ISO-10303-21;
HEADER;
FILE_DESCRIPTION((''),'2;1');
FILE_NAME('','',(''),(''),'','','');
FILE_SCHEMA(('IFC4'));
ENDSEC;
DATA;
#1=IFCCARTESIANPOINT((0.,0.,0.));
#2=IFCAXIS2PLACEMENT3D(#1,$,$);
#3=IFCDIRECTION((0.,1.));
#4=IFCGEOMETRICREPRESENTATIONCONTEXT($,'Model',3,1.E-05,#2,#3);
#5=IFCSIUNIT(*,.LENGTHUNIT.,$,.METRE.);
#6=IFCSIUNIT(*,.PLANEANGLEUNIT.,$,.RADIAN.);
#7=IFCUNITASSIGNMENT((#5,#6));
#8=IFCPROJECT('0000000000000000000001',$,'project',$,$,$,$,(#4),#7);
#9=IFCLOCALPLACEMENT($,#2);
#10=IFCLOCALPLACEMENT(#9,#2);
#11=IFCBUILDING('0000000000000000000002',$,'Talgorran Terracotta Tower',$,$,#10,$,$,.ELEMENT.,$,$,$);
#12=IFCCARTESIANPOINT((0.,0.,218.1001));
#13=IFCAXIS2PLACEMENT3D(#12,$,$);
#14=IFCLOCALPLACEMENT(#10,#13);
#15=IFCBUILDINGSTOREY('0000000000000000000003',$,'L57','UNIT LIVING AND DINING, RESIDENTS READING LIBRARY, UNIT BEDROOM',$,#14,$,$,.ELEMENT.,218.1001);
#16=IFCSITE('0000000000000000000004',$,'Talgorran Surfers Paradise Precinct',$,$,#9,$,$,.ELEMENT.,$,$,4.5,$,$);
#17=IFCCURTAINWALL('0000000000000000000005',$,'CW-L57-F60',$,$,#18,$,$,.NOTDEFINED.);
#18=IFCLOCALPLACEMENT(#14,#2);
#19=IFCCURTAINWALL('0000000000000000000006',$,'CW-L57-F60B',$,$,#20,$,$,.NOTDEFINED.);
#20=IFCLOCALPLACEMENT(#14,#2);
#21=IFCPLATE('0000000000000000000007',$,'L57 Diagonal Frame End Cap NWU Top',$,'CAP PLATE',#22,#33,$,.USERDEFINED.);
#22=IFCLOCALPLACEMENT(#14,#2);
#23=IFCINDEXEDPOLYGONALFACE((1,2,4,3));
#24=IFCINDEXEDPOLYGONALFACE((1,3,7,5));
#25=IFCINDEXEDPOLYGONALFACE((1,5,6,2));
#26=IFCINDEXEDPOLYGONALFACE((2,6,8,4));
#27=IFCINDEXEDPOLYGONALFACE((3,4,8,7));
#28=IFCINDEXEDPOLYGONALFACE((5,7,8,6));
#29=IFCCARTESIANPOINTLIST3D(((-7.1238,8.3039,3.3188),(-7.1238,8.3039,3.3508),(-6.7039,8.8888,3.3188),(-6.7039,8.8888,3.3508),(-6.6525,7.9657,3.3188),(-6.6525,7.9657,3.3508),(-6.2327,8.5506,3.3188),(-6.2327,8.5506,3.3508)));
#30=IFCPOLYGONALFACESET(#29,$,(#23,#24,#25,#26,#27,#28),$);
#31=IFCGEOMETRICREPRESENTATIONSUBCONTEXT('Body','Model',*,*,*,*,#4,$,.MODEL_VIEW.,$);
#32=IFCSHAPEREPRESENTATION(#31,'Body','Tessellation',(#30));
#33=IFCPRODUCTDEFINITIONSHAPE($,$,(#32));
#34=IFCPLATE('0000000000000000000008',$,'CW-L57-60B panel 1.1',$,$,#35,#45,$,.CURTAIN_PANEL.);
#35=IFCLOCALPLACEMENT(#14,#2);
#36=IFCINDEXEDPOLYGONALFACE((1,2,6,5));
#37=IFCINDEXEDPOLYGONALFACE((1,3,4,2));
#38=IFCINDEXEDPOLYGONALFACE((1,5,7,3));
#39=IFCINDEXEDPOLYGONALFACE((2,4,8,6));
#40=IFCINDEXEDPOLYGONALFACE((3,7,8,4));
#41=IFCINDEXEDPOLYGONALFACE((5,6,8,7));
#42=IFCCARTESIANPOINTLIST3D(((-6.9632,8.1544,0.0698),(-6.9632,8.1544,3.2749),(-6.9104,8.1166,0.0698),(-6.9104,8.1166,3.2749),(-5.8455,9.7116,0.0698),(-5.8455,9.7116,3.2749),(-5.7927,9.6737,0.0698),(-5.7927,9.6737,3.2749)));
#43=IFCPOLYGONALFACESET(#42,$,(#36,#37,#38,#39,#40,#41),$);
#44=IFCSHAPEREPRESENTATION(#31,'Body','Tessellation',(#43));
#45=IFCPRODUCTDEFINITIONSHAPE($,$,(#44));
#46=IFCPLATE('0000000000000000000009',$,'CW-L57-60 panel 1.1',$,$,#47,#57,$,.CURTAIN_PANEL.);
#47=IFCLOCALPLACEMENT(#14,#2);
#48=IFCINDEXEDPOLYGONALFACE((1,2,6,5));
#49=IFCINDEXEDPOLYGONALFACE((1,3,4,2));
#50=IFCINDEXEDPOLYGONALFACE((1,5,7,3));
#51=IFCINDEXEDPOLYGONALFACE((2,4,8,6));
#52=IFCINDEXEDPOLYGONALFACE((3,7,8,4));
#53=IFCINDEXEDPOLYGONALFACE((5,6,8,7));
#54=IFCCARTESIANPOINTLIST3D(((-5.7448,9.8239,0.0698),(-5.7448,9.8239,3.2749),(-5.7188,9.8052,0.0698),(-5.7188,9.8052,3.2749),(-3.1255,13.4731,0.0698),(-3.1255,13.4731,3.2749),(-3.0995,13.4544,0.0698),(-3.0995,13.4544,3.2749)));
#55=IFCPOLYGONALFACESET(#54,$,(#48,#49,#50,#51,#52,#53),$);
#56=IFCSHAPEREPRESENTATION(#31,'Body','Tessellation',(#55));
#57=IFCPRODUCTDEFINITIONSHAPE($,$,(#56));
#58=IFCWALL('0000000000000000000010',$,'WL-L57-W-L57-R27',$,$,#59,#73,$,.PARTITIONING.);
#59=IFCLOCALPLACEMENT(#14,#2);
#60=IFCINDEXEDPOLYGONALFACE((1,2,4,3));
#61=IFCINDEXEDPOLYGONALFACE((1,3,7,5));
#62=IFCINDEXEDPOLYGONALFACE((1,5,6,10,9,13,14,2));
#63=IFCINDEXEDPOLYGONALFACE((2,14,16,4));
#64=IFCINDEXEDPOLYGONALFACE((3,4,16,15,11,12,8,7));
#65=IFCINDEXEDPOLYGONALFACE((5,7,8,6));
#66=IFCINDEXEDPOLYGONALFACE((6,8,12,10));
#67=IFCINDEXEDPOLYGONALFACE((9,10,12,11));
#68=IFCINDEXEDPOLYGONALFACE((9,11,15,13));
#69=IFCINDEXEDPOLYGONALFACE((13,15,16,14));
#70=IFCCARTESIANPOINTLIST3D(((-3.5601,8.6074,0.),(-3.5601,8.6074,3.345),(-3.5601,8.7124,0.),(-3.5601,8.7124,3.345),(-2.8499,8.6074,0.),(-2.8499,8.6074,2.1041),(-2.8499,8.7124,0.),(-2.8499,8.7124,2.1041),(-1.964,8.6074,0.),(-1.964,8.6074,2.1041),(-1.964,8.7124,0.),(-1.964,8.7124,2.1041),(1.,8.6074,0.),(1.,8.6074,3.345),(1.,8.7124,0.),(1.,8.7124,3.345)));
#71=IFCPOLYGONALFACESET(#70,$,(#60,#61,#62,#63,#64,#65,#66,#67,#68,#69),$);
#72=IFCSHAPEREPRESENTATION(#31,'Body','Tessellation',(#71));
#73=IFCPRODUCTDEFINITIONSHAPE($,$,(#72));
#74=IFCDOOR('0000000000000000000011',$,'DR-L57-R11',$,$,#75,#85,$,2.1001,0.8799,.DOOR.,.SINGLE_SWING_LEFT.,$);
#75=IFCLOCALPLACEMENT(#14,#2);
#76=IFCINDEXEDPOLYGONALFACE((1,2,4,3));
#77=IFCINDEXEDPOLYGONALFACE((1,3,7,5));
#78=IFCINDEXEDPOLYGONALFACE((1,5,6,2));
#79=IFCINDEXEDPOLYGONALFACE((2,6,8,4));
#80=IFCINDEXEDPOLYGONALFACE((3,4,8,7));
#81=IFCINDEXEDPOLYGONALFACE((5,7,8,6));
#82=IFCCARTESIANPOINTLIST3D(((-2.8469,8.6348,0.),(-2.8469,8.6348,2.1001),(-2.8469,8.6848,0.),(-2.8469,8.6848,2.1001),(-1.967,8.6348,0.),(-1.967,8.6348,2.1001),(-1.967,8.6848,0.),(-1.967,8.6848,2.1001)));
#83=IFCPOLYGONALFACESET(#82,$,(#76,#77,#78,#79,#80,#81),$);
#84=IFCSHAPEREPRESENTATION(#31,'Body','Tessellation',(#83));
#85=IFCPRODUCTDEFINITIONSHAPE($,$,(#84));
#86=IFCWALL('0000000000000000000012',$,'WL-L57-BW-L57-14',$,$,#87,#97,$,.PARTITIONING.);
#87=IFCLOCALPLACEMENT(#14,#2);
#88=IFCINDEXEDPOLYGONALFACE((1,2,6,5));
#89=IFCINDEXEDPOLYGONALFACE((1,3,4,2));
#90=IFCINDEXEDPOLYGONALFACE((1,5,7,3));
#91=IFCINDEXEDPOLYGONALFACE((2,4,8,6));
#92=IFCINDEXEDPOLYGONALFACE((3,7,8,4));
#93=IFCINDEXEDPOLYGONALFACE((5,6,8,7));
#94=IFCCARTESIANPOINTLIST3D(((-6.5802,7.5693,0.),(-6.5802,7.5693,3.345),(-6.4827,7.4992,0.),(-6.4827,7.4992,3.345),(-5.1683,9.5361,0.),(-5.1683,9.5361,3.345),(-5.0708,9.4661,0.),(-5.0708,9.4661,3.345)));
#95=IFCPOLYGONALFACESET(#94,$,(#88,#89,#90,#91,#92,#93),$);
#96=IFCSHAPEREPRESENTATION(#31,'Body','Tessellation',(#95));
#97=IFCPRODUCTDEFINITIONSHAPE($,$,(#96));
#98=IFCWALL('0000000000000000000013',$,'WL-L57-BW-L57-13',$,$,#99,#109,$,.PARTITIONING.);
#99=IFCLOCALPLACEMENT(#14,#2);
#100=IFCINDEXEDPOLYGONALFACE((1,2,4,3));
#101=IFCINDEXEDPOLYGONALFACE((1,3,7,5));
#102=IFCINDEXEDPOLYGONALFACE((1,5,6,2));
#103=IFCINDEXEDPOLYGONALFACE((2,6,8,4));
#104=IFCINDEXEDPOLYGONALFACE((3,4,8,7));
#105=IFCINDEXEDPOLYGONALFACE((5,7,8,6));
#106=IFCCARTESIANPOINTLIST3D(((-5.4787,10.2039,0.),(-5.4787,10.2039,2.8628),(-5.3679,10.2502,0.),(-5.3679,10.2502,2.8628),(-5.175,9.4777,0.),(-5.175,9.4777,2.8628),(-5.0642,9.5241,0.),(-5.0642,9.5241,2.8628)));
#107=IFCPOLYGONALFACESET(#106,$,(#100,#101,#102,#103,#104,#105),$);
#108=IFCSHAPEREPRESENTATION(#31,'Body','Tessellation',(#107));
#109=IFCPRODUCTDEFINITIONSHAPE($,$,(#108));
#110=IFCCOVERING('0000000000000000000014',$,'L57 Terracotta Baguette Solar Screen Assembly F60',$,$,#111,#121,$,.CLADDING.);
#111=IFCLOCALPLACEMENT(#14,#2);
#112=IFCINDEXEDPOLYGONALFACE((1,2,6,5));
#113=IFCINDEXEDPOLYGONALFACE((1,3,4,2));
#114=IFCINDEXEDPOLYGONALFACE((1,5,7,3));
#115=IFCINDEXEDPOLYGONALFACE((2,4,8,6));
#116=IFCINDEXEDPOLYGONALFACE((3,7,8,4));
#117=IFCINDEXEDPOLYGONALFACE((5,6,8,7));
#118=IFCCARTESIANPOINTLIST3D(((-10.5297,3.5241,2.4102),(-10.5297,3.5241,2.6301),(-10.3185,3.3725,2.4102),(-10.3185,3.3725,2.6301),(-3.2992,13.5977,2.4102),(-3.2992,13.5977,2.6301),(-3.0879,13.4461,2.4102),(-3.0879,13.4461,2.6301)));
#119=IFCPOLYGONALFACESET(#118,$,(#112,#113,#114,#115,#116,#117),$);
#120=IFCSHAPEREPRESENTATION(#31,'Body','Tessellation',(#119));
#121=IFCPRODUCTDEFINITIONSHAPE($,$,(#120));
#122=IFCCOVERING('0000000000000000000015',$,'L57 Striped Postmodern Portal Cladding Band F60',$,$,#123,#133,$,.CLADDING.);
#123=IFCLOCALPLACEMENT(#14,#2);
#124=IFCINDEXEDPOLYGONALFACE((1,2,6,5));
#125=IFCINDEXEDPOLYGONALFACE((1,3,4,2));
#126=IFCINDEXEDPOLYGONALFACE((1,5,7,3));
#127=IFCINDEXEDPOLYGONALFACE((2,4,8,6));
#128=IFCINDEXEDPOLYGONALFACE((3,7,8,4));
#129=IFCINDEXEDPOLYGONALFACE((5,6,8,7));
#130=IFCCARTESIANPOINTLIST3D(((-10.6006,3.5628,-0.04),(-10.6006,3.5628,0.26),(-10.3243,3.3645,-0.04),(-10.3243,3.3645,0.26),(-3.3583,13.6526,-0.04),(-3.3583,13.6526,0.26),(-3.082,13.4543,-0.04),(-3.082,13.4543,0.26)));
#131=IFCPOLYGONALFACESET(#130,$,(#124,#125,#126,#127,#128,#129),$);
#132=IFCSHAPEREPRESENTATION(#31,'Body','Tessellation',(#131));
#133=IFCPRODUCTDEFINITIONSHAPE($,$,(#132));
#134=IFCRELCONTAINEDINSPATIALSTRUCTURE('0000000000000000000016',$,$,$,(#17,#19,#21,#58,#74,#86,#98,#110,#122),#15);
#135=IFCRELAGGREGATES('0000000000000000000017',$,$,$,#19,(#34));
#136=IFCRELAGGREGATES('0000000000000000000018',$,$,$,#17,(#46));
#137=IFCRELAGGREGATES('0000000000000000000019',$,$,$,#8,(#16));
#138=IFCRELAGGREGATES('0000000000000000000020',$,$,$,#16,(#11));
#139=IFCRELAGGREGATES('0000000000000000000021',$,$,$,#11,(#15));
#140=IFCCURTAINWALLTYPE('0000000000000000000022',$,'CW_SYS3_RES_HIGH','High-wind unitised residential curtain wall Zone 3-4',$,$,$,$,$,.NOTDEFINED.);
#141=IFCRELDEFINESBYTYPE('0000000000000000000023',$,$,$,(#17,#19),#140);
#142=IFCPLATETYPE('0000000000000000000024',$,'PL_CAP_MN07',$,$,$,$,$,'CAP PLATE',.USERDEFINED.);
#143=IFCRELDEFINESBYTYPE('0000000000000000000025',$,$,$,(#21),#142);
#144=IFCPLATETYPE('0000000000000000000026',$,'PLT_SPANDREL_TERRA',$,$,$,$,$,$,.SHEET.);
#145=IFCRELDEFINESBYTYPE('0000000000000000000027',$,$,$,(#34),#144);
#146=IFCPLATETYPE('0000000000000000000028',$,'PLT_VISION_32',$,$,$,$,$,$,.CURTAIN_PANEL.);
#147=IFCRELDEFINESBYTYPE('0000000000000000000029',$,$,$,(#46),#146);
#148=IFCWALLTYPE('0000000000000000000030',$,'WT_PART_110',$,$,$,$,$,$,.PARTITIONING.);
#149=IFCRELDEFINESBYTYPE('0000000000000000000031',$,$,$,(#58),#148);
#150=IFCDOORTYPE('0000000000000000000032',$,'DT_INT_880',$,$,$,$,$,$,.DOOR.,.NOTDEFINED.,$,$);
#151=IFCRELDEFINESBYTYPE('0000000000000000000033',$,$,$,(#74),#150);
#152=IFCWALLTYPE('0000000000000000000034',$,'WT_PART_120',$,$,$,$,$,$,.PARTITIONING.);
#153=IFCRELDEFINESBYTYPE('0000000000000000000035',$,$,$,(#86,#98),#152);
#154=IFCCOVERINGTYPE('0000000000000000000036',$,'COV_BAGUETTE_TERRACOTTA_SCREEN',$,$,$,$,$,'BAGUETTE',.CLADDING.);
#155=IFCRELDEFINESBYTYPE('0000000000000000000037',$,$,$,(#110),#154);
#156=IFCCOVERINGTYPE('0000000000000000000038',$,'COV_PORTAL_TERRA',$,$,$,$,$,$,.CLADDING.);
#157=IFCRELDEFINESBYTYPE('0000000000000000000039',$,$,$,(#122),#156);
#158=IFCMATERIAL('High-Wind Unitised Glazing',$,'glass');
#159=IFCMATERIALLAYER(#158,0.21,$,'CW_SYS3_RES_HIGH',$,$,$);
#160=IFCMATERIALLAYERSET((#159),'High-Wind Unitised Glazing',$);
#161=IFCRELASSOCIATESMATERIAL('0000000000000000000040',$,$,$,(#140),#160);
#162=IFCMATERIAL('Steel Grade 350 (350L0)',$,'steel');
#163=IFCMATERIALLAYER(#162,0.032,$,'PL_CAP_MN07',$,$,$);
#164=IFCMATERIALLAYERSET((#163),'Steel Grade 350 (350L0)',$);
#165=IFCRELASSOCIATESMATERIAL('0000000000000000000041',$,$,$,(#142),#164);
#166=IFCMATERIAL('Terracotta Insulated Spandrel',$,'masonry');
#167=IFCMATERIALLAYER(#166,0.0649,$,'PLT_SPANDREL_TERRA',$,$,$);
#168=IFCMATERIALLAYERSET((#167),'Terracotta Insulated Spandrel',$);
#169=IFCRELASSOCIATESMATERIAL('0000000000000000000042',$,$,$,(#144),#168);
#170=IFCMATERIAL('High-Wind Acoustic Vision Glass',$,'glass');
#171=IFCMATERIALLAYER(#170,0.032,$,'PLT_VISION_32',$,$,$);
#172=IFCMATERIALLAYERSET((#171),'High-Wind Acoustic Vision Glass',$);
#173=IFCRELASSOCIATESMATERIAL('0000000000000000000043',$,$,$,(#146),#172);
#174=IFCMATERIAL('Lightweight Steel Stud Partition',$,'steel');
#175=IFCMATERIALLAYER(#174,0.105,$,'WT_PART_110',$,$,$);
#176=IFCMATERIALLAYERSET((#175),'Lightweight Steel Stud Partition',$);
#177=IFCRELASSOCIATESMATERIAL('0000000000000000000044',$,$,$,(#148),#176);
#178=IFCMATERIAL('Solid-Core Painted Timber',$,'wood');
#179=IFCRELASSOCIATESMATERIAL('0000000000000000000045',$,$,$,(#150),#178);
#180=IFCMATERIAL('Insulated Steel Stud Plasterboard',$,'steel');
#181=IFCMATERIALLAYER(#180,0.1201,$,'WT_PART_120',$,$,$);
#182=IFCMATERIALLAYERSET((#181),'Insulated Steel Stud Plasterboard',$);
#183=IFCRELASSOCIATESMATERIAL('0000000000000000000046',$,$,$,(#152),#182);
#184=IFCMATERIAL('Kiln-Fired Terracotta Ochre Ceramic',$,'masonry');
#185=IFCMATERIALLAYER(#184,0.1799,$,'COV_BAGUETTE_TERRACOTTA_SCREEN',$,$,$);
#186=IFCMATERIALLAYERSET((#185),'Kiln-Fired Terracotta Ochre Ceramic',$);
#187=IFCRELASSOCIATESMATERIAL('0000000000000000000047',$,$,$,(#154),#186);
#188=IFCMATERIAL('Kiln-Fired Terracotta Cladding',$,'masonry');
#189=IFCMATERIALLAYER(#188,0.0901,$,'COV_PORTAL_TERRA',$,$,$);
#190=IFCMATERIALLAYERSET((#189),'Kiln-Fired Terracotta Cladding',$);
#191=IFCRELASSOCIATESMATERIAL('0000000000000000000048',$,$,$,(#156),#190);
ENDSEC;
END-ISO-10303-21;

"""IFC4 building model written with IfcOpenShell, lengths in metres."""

from ifc_helpers import new_model, si_unit, direction, frame, frame_2d, origin, origin_2d, place, context, subcontext, project, spatial, rectangle, extrude, source, transform, mapped, material, layer, layer_set, type_object, type_shapes, element, fill, aggregate, save


model = new_model("IFC4")

# Units and contexts
model_context = context("Model", 3, precision=1e-05, world=origin(), true_north=direction((0.0, 1.0)))
body_context = subcontext(model_context, "Body", "Model", "MODEL_VIEW")
ifc_project = project(units=[si_unit("LENGTHUNIT", "METRE"), si_unit("PLANEANGLEUNIT", "RADIAN")], contexts=[model_context])

# Site, building, storey
site_placement = place(None, origin())
site = spatial("IfcSite", under=ifc_project, at=site_placement, Name="Talgorran Surfers Paradise Precinct", CompositionType="ELEMENT", RefElevation=4.5)
building_placement = place(site_placement, origin())
building = spatial("IfcBuilding", under=site, at=building_placement, Name="Talgorran Terracotta Tower", CompositionType="ELEMENT")
storey_placement = place(building_placement, frame((0.0, 0.0, 218.1001)))
storey = spatial("IfcBuildingStorey", under=building, at=storey_placement, Name="L57", Description="UNIT LIVING AND DINING, RESIDENTS READING LIBRARY, UNIT BEDROOM", CompositionType="ELEMENT", Elevation=218.1001)

# Shared definitions
ifc_material_1 = material(Name="Steel Grade 350 (350L0)", Category="steel")

# Shared definitions
ifc_material_2 = material(Name="High-Wind Unitised Glazing", Category="glass")
ifc_layer_1 = layer(ifc_material_2, 0.21, Name="CW_SYS3_RES_HIGH")
ifc_layer_set_1 = layer_set([ifc_layer_1], Name="High-Wind Unitised Glazing")
curtain_wall_type = type_object("IfcCurtainWallType", Name="CW_SYS3_RES_HIGH", Description="High-wind unitised residential curtain wall Zone 3-4", PredefinedType="NOTDEFINED", material=ifc_layer_set_1)

# Curtain wall
curtain_wall_1_placement = place(storey_placement, origin())
curtain_wall_1 = element("IfcCurtainWall", 1, at=curtain_wall_1_placement, inside=storey, type_object=curtain_wall_type, Name="CW-L57-F60", PredefinedType="NOTDEFINED")

# Curtain wall
curtain_wall_2_placement = place(storey_placement, origin())
curtain_wall_2 = element("IfcCurtainWall", 2, at=curtain_wall_2_placement, inside=storey, type_object=curtain_wall_type, Name="CW-L57-F60B", PredefinedType="NOTDEFINED")

# Plate
ifc_layer_2 = layer(ifc_material_1, 0.032, Name="PL_CAP_MN07")
ifc_layer_set_2 = layer_set([ifc_layer_2], Name="Steel Grade 350 (350L0)")
plate_type_1 = type_object("IfcPlateType", Name="PL_CAP_MN07", ElementType="CAP PLATE", PredefinedType="USERDEFINED", material=ifc_layer_set_2)
for number, where, z_axis, x_axis, name in (
    (3, (-6.6782, 8.4272, 3.3188), (0.0, 0.0, 1.0), (-0.583116, -0.812389, 0.0), "L57 Diagonal Frame End Cap NWU Top"),
):
    element("IfcPlate", number, at=place(storey_placement, frame(where, z_axis=z_axis, x_axis=x_axis)), inside=storey, type_object=plate_type_1, Name=name, ObjectType="CAP PLATE", PredefinedType="USERDEFINED", context=body_context, shape_type="SweptSolid", body=[
        extrude(rectangle(XDim=0.72, YDim=0.5801, at=origin_2d()), origin(), (0.0, 0.0, 1.0), 0.032),
    ])

# Plates
ifc_material_3 = material(Name="Terracotta Insulated Spandrel", Category="masonry")
ifc_layer_3 = layer(ifc_material_3, 0.0649, Name="PLT_SPANDREL_TERRA")
ifc_layer_set_3 = layer_set([ifc_layer_3], Name="Terracotta Insulated Spandrel")
plate_type_2 = type_object("IfcPlateType", Name="PLT_SPANDREL_TERRA", PredefinedType="SHEET", material=ifc_layer_set_3)
shared_shape_1 = source(origin(), body_context, "Body", "SweptSolid", [
    extrude(rectangle(XDim=1.9167, YDim=0.0649, at=origin_2d()), origin(), (0.0, 0.0, 1.0), 3.2051),
])
type_shapes(plate_type_2, [shared_shape_1])
plate_1_placement = place(storey_placement, frame((-6.3779, 8.9141, 0.0698), z_axis=(0.0, 0.0, 1.0), x_axis=(-0.583127, -0.812381, 0.0)))
plate_1 = element("IfcPlate", 4, at=plate_1_placement, type_object=plate_type_2, Name="CW-L57-60B panel 1.1", PredefinedType="CURTAIN_PANEL", context=body_context, shape_type="MappedRepresentation", body=[
    mapped(shared_shape_1, transform((0.0, 0.0, 0.0), scale=1.0)),
])
aggregate(curtain_wall_2, [plate_1])
ifc_material_4 = material(Name="High-Wind Acoustic Vision Glass", Category="glass")
ifc_layer_4 = layer(ifc_material_4, 0.032, Name="PLT_VISION_32")
ifc_layer_set_4 = layer_set([ifc_layer_4], Name="High-Wind Acoustic Vision Glass")
plate_type_3 = type_object("IfcPlateType", Name="PLT_VISION_32", PredefinedType="CURTAIN_PANEL", material=ifc_layer_set_4)
shared_shape_2 = source(origin(), body_context, "Body", "SweptSolid", [
    extrude(rectangle(XDim=4.4919, YDim=0.032, at=origin_2d()), origin(), (0.0, 0.0, 1.0), 3.2051),
])
type_shapes(plate_type_3, [shared_shape_2])
plate_2_placement = place(storey_placement, frame((-4.4221, 11.6392, 0.0698), z_axis=(0.0, 0.0, 1.0), x_axis=(-0.583111, -0.812392, 0.0)))
plate_2 = element("IfcPlate", 5, at=plate_2_placement, type_object=plate_type_3, Name="CW-L57-60 panel 1.1", PredefinedType="CURTAIN_PANEL", context=body_context, shape_type="MappedRepresentation", body=[
    mapped(shared_shape_2, transform((0.0, 0.0, 0.0), scale=1.0)),
])
aggregate(curtain_wall_1, [plate_2])

# Wall, opening, door
ifc_material_5 = material(Name="Lightweight Steel Stud Partition", Category="steel")
ifc_layer_5 = layer(ifc_material_5, 0.105, Name="WT_PART_110")
ifc_layer_set_5 = layer_set([ifc_layer_5], Name="Lightweight Steel Stud Partition")
wall_type_1 = type_object("IfcWallType", Name="WT_PART_110", PredefinedType="PARTITIONING", material=ifc_layer_set_5)
wall_1_placement = place(storey_placement, frame((-3.5601, 8.6599, 0.0), z_axis=(0.0, 0.0, 1.0), x_axis=(1.0, 0.0, 0.0)))
wall_1 = element("IfcWall", 6, at=wall_1_placement, inside=storey, type_object=wall_type_1, Name="WL-L57-W-L57-R27", PredefinedType="PARTITIONING", context=body_context, shape_type="SweptSolid", body=[
    extrude(rectangle(XDim=4.5601, YDim=0.105, at=frame_2d((2.28, 0.0))), origin(), (0.0, 0.0, 1.0), 3.345),
])
opening_placement = place(wall_1_placement, frame((0.7131, 0.0, 0.0)))
opening = element("IfcOpeningElement", 7, at=opening_placement, cuts=wall_1, PredefinedType="OPENING", context=body_context, shape_type="SweptSolid", body=[
    extrude(rectangle(XDim=0.8859, YDim=2.1041, at=frame_2d((0.4399, 1.052))), frame((0.0, 0.0625, 0.0), z_axis=(0.0, -1.0, 0.0), x_axis=(1.0, 0.0, 0.0)), (0.0, 0.0, 1.0), 0.125),
])
ifc_material_6 = material(Name="Solid-Core Painted Timber", Category="wood")
door_type = type_object("IfcDoorType", Name="DT_INT_880", OperationType="NOTDEFINED", PredefinedType="DOOR", material=ifc_material_6)
door_placement = place(opening_placement, origin())
door = element("IfcDoor", 8, at=door_placement, inside=storey, type_object=door_type, Name="DR-L57-R11", OperationType="SINGLE_SWING_LEFT", OverallHeight=2.1001, OverallWidth=0.8799, PredefinedType="DOOR", context=body_context, shape_type="SweptSolid", body=[
    extrude(rectangle(XDim=0.8799, YDim=2.1001, at=frame_2d((0.4399, 1.05))), frame((0.0, 0.0249, 0.0), z_axis=(0.0, -1.0, 0.0), x_axis=(1.0, 0.0, 0.0)), (0.0, 0.0, 1.0), 0.05),
])
fill(opening, door)

# Walls
ifc_material_7 = material(Name="Insulated Steel Stud Plasterboard", Category="steel")
ifc_layer_6 = layer(ifc_material_7, 0.1201, Name="WT_PART_120")
ifc_layer_set_6 = layer_set([ifc_layer_6], Name="Insulated Steel Stud Plasterboard")
wall_type_2 = type_object("IfcWallType", Name="WT_PART_120", PredefinedType="PARTITIONING", material=ifc_layer_set_6)
wall_2_placement = place(storey_placement, frame((-5.1196, 9.501, 0.0), z_axis=(0.0, 0.0, 1.0), x_axis=(-0.583154, -0.812362, 0.0)))
element("IfcWall", 9, at=wall_2_placement, inside=storey, type_object=wall_type_2, Name="WL-L57-BW-L57-14", PredefinedType="PARTITIONING", context=body_context, shape_type="SweptSolid", body=[
    extrude(rectangle(XDim=2.4211, YDim=0.1201, at=frame_2d((1.2104, 0.0))), origin(), (0.0, 0.0, 1.0), 3.345),
])
wall_3_placement = place(storey_placement, frame((-5.4233, 10.2271, 0.0), z_axis=(0.0, 0.0, 1.0), x_axis=(0.385893, -0.922544, 0.0)))
element("IfcWall", 10, at=wall_3_placement, inside=storey, type_object=wall_type_2, Name="WL-L57-BW-L57-13", PredefinedType="PARTITIONING", context=body_context, shape_type="SweptSolid", body=[
    extrude(rectangle(XDim=0.7871, YDim=0.1201, at=frame_2d((0.3936, 0.0))), origin(), (0.0, 0.0, 1.0), 2.8628),
])

# Coverings
ifc_material_8 = material(Name="Kiln-Fired Terracotta Ochre Ceramic", Category="masonry")
ifc_layer_7 = layer(ifc_material_8, 0.1799, Name="COV_BAGUETTE_TERRACOTTA_SCREEN")
ifc_layer_set_7 = layer_set([ifc_layer_7], Name="Kiln-Fired Terracotta Ochre Ceramic")
covering_type_1 = type_object("IfcCoveringType", Name="COV_BAGUETTE_TERRACOTTA_SCREEN", ElementType="BAGUETTE", PredefinedType="CLADDING", material=ifc_layer_set_7)
covering_1_placement = place(storey_placement, frame((-6.8088, 8.4851, 2.4102), z_axis=(0.0, 0.0, 1.0), x_axis=(-0.583116, -0.812389, 0.0)))
element("IfcCovering", 11, at=covering_1_placement, inside=storey, type_object=covering_type_1, Name="L57 Terracotta Baguette Solar Screen Assembly F60", PredefinedType="CLADDING", context=body_context, shape_type="SweptSolid", body=[
    extrude(rectangle(XDim=12.3999, YDim=0.26, at=origin_2d()), origin(), (0.0, 0.0, 1.0), 0.22),
])
ifc_material_9 = material(Name="Kiln-Fired Terracotta Cladding", Category="masonry")
ifc_layer_8 = layer(ifc_material_9, 0.0901, Name="COV_PORTAL_TERRA")
ifc_layer_set_8 = layer_set([ifc_layer_8], Name="Kiln-Fired Terracotta Cladding")
covering_type_2 = type_object("IfcCoveringType", Name="COV_PORTAL_TERRA", PredefinedType="CLADDING", material=ifc_layer_set_8)
covering_2_placement = place(storey_placement, frame((-6.8413, 8.5085, -0.04), z_axis=(0.0, 0.0, 1.0), x_axis=(-0.583116, -0.812389, 0.0)))
element("IfcCovering", 12, at=covering_2_placement, inside=storey, type_object=covering_type_2, Name="L57 Striped Postmodern Portal Cladding Band F60", PredefinedType="CLADDING", context=body_context, shape_type="SweptSolid", body=[
    extrude(rectangle(XDim=12.4199, YDim=0.3401, at=origin_2d()), origin(), (0.0, 0.0, 1.0), 0.3),
])

save(model, "model.ifc")
